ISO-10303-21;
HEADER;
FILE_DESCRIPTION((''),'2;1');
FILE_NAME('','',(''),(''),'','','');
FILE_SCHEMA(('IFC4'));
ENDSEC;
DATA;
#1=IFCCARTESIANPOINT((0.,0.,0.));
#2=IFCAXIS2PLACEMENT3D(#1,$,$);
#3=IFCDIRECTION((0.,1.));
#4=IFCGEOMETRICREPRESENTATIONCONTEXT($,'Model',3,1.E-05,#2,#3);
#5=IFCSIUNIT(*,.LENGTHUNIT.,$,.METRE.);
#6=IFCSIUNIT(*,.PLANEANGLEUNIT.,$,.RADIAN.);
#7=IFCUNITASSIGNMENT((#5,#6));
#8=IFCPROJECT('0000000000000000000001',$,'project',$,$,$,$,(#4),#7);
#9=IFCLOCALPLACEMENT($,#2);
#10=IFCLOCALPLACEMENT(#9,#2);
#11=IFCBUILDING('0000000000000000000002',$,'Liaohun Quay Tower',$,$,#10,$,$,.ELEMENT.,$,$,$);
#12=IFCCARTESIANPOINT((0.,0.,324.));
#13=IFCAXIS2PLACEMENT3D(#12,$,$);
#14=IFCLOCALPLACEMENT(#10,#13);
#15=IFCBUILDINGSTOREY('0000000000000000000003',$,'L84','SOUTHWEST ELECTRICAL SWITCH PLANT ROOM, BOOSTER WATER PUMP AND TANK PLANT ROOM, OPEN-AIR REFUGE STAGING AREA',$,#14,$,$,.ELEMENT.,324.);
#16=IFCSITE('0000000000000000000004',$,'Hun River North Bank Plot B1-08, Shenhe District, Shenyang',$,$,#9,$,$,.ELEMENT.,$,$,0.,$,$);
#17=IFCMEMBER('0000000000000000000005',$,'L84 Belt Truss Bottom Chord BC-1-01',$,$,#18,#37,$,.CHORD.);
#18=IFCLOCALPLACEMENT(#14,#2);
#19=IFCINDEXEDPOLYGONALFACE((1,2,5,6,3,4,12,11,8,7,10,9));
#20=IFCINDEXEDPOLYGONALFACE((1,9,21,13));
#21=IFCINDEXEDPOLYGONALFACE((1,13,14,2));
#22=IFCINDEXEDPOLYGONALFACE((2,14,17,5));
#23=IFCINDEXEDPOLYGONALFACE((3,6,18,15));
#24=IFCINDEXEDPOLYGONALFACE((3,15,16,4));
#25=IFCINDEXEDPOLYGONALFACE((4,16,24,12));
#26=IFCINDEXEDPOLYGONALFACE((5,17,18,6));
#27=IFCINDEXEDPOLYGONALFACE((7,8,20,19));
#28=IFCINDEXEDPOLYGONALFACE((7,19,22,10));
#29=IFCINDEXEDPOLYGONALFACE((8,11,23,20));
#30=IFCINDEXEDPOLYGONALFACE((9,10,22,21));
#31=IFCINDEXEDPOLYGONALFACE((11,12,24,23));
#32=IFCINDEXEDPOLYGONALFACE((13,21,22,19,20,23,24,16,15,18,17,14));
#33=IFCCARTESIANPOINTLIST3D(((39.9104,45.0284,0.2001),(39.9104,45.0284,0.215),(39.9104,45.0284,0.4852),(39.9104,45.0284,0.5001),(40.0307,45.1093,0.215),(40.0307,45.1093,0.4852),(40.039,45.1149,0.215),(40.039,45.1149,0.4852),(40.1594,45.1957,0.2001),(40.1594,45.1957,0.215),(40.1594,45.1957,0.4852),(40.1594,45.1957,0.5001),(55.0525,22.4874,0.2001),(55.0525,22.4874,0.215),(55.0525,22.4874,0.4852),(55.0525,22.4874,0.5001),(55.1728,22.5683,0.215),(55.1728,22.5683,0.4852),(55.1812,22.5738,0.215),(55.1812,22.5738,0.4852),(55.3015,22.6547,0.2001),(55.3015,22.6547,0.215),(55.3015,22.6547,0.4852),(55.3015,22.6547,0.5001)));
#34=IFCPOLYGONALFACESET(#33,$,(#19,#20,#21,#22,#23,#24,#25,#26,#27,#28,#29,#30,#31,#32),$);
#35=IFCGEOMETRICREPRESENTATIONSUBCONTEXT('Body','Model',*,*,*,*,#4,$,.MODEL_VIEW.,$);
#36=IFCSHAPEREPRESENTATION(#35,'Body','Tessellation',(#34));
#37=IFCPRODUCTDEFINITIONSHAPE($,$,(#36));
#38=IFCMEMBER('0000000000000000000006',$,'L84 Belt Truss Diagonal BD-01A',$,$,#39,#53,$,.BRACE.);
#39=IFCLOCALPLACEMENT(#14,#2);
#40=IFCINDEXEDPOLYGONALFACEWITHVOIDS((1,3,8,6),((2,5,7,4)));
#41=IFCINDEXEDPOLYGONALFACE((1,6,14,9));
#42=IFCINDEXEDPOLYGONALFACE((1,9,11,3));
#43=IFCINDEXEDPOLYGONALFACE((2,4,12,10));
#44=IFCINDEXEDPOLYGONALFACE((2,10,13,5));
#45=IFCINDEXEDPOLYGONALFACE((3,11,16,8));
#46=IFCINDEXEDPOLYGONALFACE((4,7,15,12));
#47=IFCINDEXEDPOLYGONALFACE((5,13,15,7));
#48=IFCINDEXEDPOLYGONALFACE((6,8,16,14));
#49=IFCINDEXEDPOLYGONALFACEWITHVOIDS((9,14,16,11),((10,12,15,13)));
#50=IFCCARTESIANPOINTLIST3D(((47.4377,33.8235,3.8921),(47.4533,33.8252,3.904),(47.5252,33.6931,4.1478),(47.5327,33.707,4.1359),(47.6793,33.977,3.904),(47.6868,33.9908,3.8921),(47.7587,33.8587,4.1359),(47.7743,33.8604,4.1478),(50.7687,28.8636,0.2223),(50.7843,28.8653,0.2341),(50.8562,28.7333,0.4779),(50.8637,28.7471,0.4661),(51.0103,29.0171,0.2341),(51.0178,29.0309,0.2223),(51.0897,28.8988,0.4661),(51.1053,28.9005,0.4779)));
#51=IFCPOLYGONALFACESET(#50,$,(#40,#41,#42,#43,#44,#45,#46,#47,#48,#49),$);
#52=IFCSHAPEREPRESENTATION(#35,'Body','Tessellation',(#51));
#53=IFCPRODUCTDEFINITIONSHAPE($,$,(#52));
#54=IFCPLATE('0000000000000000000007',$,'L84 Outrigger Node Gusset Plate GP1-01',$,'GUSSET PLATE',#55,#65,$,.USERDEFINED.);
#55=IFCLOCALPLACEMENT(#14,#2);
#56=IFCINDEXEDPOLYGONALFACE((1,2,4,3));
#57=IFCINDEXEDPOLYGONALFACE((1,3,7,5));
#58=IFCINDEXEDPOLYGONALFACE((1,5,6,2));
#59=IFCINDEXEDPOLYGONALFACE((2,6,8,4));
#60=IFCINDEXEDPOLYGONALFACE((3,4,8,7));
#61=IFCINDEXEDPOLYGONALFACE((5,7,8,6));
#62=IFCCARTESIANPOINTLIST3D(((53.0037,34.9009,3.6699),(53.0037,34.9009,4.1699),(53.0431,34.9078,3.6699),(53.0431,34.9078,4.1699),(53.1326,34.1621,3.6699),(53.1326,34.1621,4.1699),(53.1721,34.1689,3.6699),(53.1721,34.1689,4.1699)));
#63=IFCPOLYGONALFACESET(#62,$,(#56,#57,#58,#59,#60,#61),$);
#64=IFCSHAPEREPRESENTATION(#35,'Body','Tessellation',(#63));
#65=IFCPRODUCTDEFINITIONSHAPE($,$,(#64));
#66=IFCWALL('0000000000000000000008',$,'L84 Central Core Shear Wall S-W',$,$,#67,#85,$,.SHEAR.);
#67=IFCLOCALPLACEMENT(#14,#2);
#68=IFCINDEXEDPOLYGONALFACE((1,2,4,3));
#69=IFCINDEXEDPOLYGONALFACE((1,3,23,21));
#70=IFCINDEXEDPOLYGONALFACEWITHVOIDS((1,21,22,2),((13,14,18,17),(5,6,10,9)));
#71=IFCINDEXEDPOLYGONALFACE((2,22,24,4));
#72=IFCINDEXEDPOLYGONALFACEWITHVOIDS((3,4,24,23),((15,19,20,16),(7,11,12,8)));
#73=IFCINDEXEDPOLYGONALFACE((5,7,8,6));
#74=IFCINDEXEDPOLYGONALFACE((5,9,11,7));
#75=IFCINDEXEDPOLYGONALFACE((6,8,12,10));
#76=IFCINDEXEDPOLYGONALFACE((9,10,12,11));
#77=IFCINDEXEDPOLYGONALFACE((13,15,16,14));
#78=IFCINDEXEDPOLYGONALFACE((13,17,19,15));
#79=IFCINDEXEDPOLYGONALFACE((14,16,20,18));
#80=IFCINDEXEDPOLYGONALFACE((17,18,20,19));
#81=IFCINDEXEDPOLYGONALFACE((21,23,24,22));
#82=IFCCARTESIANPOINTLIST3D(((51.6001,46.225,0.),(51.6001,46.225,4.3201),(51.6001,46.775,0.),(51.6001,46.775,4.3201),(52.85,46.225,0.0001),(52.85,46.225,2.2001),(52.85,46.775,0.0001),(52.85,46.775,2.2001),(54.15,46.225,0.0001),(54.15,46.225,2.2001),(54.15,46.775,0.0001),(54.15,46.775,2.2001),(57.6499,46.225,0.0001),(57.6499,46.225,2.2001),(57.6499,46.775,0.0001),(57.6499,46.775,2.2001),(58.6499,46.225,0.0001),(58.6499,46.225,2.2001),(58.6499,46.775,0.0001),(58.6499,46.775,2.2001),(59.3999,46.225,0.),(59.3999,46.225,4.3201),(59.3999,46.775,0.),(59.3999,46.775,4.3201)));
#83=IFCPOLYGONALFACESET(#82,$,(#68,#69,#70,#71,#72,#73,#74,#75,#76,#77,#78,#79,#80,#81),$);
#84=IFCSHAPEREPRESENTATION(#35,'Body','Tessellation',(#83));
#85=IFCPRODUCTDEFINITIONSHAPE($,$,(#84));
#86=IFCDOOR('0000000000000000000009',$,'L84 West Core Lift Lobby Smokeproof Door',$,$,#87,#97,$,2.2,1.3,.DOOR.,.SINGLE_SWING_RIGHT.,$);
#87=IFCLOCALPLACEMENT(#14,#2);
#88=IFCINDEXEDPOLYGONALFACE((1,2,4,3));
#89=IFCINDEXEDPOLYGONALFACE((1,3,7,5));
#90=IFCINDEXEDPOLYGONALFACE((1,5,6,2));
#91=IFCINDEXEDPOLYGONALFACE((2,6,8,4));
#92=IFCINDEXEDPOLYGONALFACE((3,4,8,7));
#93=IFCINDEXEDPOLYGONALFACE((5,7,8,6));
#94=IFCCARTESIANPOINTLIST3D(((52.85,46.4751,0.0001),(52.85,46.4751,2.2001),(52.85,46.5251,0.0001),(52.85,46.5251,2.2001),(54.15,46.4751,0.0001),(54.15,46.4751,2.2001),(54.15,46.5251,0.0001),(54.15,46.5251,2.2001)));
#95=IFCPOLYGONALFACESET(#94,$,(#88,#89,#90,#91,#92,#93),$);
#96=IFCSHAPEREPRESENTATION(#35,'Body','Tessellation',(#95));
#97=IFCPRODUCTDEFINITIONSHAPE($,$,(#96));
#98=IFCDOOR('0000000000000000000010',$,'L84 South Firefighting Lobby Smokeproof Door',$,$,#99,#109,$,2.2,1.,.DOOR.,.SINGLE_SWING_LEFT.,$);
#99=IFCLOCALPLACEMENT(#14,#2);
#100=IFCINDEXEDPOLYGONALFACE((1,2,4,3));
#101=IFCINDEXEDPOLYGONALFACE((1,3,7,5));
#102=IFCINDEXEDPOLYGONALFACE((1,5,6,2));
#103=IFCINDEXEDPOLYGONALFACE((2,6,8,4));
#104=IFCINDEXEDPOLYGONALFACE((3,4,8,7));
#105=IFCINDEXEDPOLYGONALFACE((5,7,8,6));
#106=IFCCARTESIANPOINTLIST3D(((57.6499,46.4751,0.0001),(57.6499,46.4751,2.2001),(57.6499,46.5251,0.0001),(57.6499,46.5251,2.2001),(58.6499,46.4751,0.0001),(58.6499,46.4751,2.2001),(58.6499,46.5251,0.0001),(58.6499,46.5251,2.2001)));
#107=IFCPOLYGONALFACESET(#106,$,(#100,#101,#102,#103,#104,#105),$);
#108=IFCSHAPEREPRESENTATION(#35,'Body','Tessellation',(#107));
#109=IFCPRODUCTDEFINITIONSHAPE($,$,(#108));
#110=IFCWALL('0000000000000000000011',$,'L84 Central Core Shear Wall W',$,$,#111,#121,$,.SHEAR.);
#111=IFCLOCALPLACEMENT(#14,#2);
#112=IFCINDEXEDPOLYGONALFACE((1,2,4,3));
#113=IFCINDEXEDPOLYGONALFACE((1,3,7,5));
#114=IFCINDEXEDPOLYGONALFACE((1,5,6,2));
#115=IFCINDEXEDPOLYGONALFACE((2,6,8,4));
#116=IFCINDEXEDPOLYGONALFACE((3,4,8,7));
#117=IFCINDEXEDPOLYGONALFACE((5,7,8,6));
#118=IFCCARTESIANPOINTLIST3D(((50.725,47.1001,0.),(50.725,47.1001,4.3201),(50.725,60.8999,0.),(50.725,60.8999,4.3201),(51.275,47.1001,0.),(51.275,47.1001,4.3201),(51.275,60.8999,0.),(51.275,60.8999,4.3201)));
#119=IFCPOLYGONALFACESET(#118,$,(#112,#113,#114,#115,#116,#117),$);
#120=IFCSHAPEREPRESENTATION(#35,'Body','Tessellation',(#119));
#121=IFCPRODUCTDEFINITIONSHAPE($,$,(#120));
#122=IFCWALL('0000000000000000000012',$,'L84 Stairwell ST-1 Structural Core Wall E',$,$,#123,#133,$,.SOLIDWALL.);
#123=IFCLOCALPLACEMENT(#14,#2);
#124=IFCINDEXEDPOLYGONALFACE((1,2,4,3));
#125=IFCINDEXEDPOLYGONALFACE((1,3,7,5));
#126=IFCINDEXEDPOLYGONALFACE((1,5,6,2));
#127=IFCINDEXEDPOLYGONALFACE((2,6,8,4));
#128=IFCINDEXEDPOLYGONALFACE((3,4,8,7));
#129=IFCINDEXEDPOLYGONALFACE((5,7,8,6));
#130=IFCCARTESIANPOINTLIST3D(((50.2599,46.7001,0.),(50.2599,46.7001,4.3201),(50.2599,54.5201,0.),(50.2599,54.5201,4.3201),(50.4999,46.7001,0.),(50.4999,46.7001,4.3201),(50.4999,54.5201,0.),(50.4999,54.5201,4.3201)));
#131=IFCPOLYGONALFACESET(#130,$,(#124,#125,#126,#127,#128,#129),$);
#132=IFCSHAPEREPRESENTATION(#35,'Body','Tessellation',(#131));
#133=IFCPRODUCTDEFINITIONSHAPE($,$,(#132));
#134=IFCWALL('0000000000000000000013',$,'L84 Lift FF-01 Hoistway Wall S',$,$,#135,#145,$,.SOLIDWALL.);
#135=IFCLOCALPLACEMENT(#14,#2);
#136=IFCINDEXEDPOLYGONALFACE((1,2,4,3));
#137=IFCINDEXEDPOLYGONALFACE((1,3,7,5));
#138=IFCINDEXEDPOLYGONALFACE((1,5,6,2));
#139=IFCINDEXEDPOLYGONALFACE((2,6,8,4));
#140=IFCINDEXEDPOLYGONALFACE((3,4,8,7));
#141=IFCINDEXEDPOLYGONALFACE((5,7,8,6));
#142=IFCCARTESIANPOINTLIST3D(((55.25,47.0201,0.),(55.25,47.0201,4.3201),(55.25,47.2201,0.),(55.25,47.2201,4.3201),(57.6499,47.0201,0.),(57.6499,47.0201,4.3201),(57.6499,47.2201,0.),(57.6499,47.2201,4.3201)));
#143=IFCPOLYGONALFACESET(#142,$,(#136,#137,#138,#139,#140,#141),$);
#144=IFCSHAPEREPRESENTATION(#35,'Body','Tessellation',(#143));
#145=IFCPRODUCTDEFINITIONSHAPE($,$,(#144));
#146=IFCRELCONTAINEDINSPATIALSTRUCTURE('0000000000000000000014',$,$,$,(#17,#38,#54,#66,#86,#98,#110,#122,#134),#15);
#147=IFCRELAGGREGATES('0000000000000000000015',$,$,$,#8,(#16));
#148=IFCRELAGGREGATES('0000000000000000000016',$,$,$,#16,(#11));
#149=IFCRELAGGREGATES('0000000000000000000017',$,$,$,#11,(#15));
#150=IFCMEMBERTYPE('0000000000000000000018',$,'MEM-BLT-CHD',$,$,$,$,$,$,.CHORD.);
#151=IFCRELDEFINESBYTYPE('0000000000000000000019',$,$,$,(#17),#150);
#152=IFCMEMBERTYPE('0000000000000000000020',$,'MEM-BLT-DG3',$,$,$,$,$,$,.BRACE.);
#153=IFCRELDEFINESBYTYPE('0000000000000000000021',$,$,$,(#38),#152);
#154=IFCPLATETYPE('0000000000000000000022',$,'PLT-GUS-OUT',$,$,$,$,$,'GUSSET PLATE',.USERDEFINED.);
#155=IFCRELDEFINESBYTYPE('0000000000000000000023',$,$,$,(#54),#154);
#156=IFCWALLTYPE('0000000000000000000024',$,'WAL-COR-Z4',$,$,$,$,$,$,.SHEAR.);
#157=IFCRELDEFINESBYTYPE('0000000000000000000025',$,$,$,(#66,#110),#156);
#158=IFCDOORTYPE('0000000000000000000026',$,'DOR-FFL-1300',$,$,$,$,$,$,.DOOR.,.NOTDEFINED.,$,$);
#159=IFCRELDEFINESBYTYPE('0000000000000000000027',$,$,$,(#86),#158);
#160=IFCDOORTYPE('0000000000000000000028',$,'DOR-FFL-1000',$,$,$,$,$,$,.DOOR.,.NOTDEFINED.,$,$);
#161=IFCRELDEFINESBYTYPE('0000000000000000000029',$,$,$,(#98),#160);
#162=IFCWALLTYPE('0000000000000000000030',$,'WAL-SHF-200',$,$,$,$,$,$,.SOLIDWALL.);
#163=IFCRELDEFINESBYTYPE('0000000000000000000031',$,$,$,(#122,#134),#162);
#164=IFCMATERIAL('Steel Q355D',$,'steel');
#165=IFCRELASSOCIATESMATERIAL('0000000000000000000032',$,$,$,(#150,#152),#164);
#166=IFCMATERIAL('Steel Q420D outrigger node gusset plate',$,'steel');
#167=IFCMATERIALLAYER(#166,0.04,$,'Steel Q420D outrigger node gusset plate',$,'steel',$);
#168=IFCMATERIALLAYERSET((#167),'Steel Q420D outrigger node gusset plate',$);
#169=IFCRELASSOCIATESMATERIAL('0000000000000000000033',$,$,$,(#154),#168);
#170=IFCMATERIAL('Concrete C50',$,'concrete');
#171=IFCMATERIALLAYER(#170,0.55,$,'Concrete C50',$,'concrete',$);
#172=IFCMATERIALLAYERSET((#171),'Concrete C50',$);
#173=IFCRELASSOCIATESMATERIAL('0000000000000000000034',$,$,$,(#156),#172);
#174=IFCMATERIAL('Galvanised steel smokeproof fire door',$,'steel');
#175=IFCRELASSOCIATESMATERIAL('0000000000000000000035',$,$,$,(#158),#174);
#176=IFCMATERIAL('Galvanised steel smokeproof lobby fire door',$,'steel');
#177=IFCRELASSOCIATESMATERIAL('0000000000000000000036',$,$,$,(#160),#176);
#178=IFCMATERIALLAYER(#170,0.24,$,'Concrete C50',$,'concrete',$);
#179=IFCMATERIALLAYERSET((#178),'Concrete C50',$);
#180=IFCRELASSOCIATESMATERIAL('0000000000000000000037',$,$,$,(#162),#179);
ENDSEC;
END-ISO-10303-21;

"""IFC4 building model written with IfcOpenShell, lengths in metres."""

from ifc_helpers import new_model, si_unit, direction, frame, frame_2d, origin, origin_2d, place, context, subcontext, project, spatial, rectangle, hollow_rectangle, i_section, extrude, source, transform, mapped, material, layer, layer_set, material_profile, profile_set, type_object, element, fill, save


model = new_model("IFC4")

# Units and contexts
model_context = context("Model", 3, precision=1e-05, world=origin(), true_north=direction((0.0, 1.0)))
body_context = subcontext(model_context, "Body", "Model", "MODEL_VIEW")
ifc_project = project(units=[si_unit("LENGTHUNIT", "METRE"), si_unit("PLANEANGLEUNIT", "RADIAN")], contexts=[model_context])

# Site, building, storey
site_placement = place(None, origin())
site = spatial("IfcSite", under=ifc_project, at=site_placement, Name="Hun River North Bank Plot B1-08, Shenhe District, Shenyang", CompositionType="ELEMENT", RefElevation=0.0)
building_placement = place(site_placement, origin())
building = spatial("IfcBuilding", under=site, at=building_placement, Name="Liaohun Quay Tower", CompositionType="ELEMENT")
storey_placement = place(building_placement, frame((0.0, 0.0, 324.0)))
storey = spatial("IfcBuildingStorey", under=building, at=storey_placement, Name="L84", Description="SOUTHWEST ELECTRICAL SWITCH PLANT ROOM, BOOSTER WATER PUMP AND TANK PLANT ROOM, OPEN-AIR REFUGE STAGING AREA", CompositionType="ELEMENT", Elevation=324.0)

# Shared definitions
ifc_material_1 = material(Name="Concrete C50", Category="concrete")

# Shared definitions
ifc_material_2 = material(Name="Steel Q355D", Category="steel")

# Members
ifc_material_profile_1 = material_profile(ifc_material_2, i_section(OverallWidth=0.3, OverallDepth=0.3, WebThickness=0.01, FlangeThickness=0.0149, at=origin_2d()), Name="HW300x300x10x15")
ifc_profile_set_1 = profile_set([ifc_material_profile_1], Name="Steel Q355D")
member_type_1 = type_object("IfcMemberType", Name="MEM-BLT-CHD", PredefinedType="CHORD", material=ifc_profile_set_1)
shared_shape_1 = source(origin(), body_context, "Body", "SweptSolid", [
    extrude(i_section(OverallWidth=0.3, OverallDepth=0.3, WebThickness=0.01, FlangeThickness=0.0149, at=origin_2d()), origin(), (0.0, 0.0, 1.0), 27.1548),
])
member_1_placement = place(storey_placement, frame((55.177, 22.571, 0.3501), z_axis=(-0.557622, 0.830095, 0.0), x_axis=(-0.830095, -0.557622, 0.0)))
element("IfcMember", 1, at=member_1_placement, inside=storey, type_object=member_type_1, Name="L84 Belt Truss Bottom Chord BC-1-01", PredefinedType="CHORD", context=body_context, shape_type="MappedRepresentation", body=[
    mapped(shared_shape_1, transform((0.0, 0.0, 0.0), x_axis=(1.0, 0.0, 0.0), y_axis=(0.0, 1.0, 0.0), z_axis=(0.0, 0.0, 1.0), scale=1.0)),
])
ifc_material_profile_2 = material_profile(ifc_material_2, hollow_rectangle(XDim=0.3, YDim=0.3, WallThickness=0.0139, at=origin_2d()), Name="SHS300x300x14")
ifc_profile_set_2 = profile_set([ifc_material_profile_2], Name="Steel Q355D")
member_type_2 = type_object("IfcMemberType", Name="MEM-BLT-DG3", PredefinedType="BRACE", material=ifc_profile_set_2)
shared_shape_2 = source(origin(), body_context, "Body", "SweptSolid", [
    extrude(hollow_rectangle(XDim=0.3, YDim=0.3, WallThickness=0.0139, at=origin_2d()), origin(), (0.0, 0.0, 1.0), 7.0117),
])
member_2_placement = place(storey_placement, frame((50.937, 28.8821, 0.3501), z_axis=(-0.475064, 0.707373, 0.523392), x_axis=(-0.83016, -0.557526, 0.0)))
element("IfcMember", 2, at=member_2_placement, inside=storey, type_object=member_type_2, Name="L84 Belt Truss Diagonal BD-01A", PredefinedType="BRACE", context=body_context, shape_type="MappedRepresentation", body=[
    mapped(shared_shape_2, transform((0.0, 0.0, 0.0), x_axis=(1.0, 0.0, 0.0), y_axis=(0.0, 1.0, 0.0), z_axis=(0.0, 0.0, 1.0), scale=1.0)),
])

# Plate
ifc_material_3 = material(Name="Steel Q420D outrigger node gusset plate", Category="steel")
ifc_layer_1 = layer(ifc_material_3, 0.04, Name="Steel Q420D outrigger node gusset plate", Category="steel")
ifc_layer_set_1 = layer_set([ifc_layer_1], Name="Steel Q420D outrigger node gusset plate")
plate_type = type_object("IfcPlateType", Name="PLT-GUS-OUT", ElementType="GUSSET PLATE", PredefinedType="USERDEFINED", material=ifc_layer_set_1)
shared_shape_3 = source(origin(), body_context, "Body", "SweptSolid", [
    extrude(rectangle(XDim=0.75, YDim=0.04, at=origin_2d()), origin(), (0.0, 0.0, 1.0), 0.5),
])
plate_placement = place(storey_placement, frame((53.0879, 34.5349, 3.6699), z_axis=(0.0, 0.0, 1.0), x_axis=(0.171929, -0.985109, 0.0)))
element("IfcPlate", 3, at=plate_placement, inside=storey, type_object=plate_type, Name="L84 Outrigger Node Gusset Plate GP1-01", ObjectType="GUSSET PLATE", PredefinedType="USERDEFINED", context=body_context, shape_type="MappedRepresentation", body=[
    mapped(shared_shape_3, transform((0.0, 0.0, 0.0), x_axis=(1.0, 0.0, 0.0), y_axis=(0.0, 1.0, 0.0), z_axis=(0.0, 0.0, 1.0), scale=1.0)),
])

# Wall, openings, doors
ifc_layer_2 = layer(ifc_material_1, 0.55, Name="Concrete C50", Category="concrete")
ifc_layer_set_2 = layer_set([ifc_layer_2], Name="Concrete C50")
wall_type_1 = type_object("IfcWallType", Name="WAL-COR-Z4", PredefinedType="SHEAR", material=ifc_layer_set_2)
wall_1_placement = place(storey_placement, frame((59.3999, 46.5, 0.0), z_axis=(0.0, 0.0, 1.0), x_axis=(-1.0, 0.0, 0.0)))
wall_1 = element("IfcWall", 4, at=wall_1_placement, inside=storey, type_object=wall_type_1, Name="L84 Central Core Shear Wall S-W", PredefinedType="SHEAR", context=body_context, shape_type="SweptSolid", body=[
    extrude(rectangle(XDim=7.7998, YDim=0.55, at=frame_2d((3.8999, 0.0))), origin(), (0.0, 0.0, 1.0), 4.3201),
])
shared_shape_4 = source(origin(), body_context, "Body", "SweptSolid", [
    extrude(rectangle(XDim=1.3, YDim=2.2, at=frame_2d((0.6499, 1.1001))), frame((0.0, 0.2849, 0.0), z_axis=(0.0, -1.0, 0.0), x_axis=(1.0, 0.0, 0.0)), (0.0, 0.0, 1.0), 0.5701),
])
opening_1_placement = place(wall_1_placement, frame((5.25, 0.0, 0.0)))
opening_1 = element("IfcOpeningElement", 5, at=opening_1_placement, cuts=wall_1, PredefinedType="OPENING", context=body_context, shape_type="MappedRepresentation", body=[
    mapped(shared_shape_4, transform((0.0, 0.0, 0.0), x_axis=(1.0, 0.0, 0.0), y_axis=(0.0, 1.0, 0.0), z_axis=(0.0, 0.0, 1.0), scale=1.0)),
])
shared_shape_5 = source(origin(), body_context, "Body", "SweptSolid", [
    extrude(rectangle(XDim=1.0, YDim=2.2, at=frame_2d((0.5, 1.1001))), frame((0.0, 0.2849, 0.0), z_axis=(0.0, -1.0, 0.0), x_axis=(1.0, 0.0, 0.0)), (0.0, 0.0, 1.0), 0.5701),
])
opening_2_placement = place(wall_1_placement, frame((0.75, 0.0, 0.0)))
opening_2 = element("IfcOpeningElement", 6, at=opening_2_placement, cuts=wall_1, PredefinedType="OPENING", context=body_context, shape_type="MappedRepresentation", body=[
    mapped(shared_shape_5, transform((0.0, 0.0, 0.0), x_axis=(1.0, 0.0, 0.0), y_axis=(0.0, 1.0, 0.0), z_axis=(0.0, 0.0, 1.0), scale=1.0)),
])
ifc_material_4 = material(Name="Galvanised steel smokeproof fire door", Category="steel")
door_type_1 = type_object("IfcDoorType", Name="DOR-FFL-1300", OperationType="NOTDEFINED", PredefinedType="DOOR", material=ifc_material_4)
shared_shape_6 = source(origin(), body_context, "Body", "SweptSolid", [
    extrude(rectangle(XDim=1.3, YDim=2.2, at=frame_2d((0.6499, 1.1001))), frame((0.0, 0.0249, 0.0), z_axis=(0.0, -1.0, 0.0), x_axis=(1.0, 0.0, 0.0)), (0.0, 0.0, 1.0), 0.05),
])
door_1_placement = place(opening_1_placement, origin())
door_1 = element("IfcDoor", 7, at=door_1_placement, inside=storey, type_object=door_type_1, Name="L84 West Core Lift Lobby Smokeproof Door", OperationType="SINGLE_SWING_RIGHT", OverallHeight=2.2, OverallWidth=1.3, PredefinedType="DOOR", context=body_context, shape_type="MappedRepresentation", body=[
    mapped(shared_shape_6, transform((0.0, 0.0, 0.0), x_axis=(1.0, 0.0, 0.0), y_axis=(0.0, 1.0, 0.0), z_axis=(0.0, 0.0, 1.0), scale=1.0)),
])
fill(opening_1, door_1)
ifc_material_5 = material(Name="Galvanised steel smokeproof lobby fire door", Category="steel")
door_type_2 = type_object("IfcDoorType", Name="DOR-FFL-1000", OperationType="NOTDEFINED", PredefinedType="DOOR", material=ifc_material_5)
shared_shape_7 = source(origin(), body_context, "Body", "SweptSolid", [
    extrude(rectangle(XDim=1.0, YDim=2.2, at=frame_2d((0.5, 1.1001))), frame((0.0, 0.0249, 0.0), z_axis=(0.0, -1.0, 0.0), x_axis=(1.0, 0.0, 0.0)), (0.0, 0.0, 1.0), 0.05),
])
door_2_placement = place(opening_2_placement, origin())
door_2 = element("IfcDoor", 8, at=door_2_placement, inside=storey, type_object=door_type_2, Name="L84 South Firefighting Lobby Smokeproof Door", OperationType="SINGLE_SWING_LEFT", OverallHeight=2.2, OverallWidth=1.0, PredefinedType="DOOR", context=body_context, shape_type="MappedRepresentation", body=[
    mapped(shared_shape_7, transform((0.0, 0.0, 0.0), x_axis=(1.0, 0.0, 0.0), y_axis=(0.0, 1.0, 0.0), z_axis=(0.0, 0.0, 1.0), scale=1.0)),
])
fill(opening_2, door_2)

# Walls
wall_2_placement = place(storey_placement, frame((51.0, 47.1001, 0.0), z_axis=(0.0, 0.0, 1.0), x_axis=(0.0, 1.0, 0.0)))
element("IfcWall", 9, at=wall_2_placement, inside=storey, type_object=wall_type_1, Name="L84 Central Core Shear Wall W", PredefinedType="SHEAR", context=body_context, shape_type="SweptSolid", body=[
    extrude(rectangle(XDim=13.7998, YDim=0.55, at=frame_2d((6.8999, 0.0))), origin(), (0.0, 0.0, 1.0), 4.3201),
])
ifc_layer_3 = layer(ifc_material_1, 0.24, Name="Concrete C50", Category="concrete")
ifc_layer_set_3 = layer_set([ifc_layer_3], Name="Concrete C50")
wall_type_2 = type_object("IfcWallType", Name="WAL-SHF-200", PredefinedType="SOLIDWALL", material=ifc_layer_set_3)
wall_3_placement = place(storey_placement, frame((50.3799, 46.7, 0.0), z_axis=(0.0, 0.0, 1.0), x_axis=(0.0, 1.0, 0.0)))
element("IfcWall", 10, at=wall_3_placement, inside=storey, type_object=wall_type_2, Name="L84 Stairwell ST-1 Structural Core Wall E", PredefinedType="SOLIDWALL", context=body_context, shape_type="SweptSolid", body=[
    extrude(rectangle(XDim=7.8201, YDim=0.24, at=frame_2d((3.9102, 0.0))), origin(), (0.0, 0.0, 1.0), 4.3201),
])
wall_4_placement = place(storey_placement, frame((55.25, 47.1201, 0.0), z_axis=(0.0, 0.0, 1.0), x_axis=(1.0, 0.0, 0.0)))
element("IfcWall", 11, at=wall_4_placement, inside=storey, type_object=wall_type_2, Name="L84 Lift FF-01 Hoistway Wall S", PredefinedType="SOLIDWALL", context=body_context, shape_type="SweptSolid", body=[
    extrude(rectangle(XDim=2.3999, YDim=0.2, at=frame_2d((1.2, 0.0))), origin(), (0.0, 0.0, 1.0), 4.3201),
])

save(model, "model.ifc")
